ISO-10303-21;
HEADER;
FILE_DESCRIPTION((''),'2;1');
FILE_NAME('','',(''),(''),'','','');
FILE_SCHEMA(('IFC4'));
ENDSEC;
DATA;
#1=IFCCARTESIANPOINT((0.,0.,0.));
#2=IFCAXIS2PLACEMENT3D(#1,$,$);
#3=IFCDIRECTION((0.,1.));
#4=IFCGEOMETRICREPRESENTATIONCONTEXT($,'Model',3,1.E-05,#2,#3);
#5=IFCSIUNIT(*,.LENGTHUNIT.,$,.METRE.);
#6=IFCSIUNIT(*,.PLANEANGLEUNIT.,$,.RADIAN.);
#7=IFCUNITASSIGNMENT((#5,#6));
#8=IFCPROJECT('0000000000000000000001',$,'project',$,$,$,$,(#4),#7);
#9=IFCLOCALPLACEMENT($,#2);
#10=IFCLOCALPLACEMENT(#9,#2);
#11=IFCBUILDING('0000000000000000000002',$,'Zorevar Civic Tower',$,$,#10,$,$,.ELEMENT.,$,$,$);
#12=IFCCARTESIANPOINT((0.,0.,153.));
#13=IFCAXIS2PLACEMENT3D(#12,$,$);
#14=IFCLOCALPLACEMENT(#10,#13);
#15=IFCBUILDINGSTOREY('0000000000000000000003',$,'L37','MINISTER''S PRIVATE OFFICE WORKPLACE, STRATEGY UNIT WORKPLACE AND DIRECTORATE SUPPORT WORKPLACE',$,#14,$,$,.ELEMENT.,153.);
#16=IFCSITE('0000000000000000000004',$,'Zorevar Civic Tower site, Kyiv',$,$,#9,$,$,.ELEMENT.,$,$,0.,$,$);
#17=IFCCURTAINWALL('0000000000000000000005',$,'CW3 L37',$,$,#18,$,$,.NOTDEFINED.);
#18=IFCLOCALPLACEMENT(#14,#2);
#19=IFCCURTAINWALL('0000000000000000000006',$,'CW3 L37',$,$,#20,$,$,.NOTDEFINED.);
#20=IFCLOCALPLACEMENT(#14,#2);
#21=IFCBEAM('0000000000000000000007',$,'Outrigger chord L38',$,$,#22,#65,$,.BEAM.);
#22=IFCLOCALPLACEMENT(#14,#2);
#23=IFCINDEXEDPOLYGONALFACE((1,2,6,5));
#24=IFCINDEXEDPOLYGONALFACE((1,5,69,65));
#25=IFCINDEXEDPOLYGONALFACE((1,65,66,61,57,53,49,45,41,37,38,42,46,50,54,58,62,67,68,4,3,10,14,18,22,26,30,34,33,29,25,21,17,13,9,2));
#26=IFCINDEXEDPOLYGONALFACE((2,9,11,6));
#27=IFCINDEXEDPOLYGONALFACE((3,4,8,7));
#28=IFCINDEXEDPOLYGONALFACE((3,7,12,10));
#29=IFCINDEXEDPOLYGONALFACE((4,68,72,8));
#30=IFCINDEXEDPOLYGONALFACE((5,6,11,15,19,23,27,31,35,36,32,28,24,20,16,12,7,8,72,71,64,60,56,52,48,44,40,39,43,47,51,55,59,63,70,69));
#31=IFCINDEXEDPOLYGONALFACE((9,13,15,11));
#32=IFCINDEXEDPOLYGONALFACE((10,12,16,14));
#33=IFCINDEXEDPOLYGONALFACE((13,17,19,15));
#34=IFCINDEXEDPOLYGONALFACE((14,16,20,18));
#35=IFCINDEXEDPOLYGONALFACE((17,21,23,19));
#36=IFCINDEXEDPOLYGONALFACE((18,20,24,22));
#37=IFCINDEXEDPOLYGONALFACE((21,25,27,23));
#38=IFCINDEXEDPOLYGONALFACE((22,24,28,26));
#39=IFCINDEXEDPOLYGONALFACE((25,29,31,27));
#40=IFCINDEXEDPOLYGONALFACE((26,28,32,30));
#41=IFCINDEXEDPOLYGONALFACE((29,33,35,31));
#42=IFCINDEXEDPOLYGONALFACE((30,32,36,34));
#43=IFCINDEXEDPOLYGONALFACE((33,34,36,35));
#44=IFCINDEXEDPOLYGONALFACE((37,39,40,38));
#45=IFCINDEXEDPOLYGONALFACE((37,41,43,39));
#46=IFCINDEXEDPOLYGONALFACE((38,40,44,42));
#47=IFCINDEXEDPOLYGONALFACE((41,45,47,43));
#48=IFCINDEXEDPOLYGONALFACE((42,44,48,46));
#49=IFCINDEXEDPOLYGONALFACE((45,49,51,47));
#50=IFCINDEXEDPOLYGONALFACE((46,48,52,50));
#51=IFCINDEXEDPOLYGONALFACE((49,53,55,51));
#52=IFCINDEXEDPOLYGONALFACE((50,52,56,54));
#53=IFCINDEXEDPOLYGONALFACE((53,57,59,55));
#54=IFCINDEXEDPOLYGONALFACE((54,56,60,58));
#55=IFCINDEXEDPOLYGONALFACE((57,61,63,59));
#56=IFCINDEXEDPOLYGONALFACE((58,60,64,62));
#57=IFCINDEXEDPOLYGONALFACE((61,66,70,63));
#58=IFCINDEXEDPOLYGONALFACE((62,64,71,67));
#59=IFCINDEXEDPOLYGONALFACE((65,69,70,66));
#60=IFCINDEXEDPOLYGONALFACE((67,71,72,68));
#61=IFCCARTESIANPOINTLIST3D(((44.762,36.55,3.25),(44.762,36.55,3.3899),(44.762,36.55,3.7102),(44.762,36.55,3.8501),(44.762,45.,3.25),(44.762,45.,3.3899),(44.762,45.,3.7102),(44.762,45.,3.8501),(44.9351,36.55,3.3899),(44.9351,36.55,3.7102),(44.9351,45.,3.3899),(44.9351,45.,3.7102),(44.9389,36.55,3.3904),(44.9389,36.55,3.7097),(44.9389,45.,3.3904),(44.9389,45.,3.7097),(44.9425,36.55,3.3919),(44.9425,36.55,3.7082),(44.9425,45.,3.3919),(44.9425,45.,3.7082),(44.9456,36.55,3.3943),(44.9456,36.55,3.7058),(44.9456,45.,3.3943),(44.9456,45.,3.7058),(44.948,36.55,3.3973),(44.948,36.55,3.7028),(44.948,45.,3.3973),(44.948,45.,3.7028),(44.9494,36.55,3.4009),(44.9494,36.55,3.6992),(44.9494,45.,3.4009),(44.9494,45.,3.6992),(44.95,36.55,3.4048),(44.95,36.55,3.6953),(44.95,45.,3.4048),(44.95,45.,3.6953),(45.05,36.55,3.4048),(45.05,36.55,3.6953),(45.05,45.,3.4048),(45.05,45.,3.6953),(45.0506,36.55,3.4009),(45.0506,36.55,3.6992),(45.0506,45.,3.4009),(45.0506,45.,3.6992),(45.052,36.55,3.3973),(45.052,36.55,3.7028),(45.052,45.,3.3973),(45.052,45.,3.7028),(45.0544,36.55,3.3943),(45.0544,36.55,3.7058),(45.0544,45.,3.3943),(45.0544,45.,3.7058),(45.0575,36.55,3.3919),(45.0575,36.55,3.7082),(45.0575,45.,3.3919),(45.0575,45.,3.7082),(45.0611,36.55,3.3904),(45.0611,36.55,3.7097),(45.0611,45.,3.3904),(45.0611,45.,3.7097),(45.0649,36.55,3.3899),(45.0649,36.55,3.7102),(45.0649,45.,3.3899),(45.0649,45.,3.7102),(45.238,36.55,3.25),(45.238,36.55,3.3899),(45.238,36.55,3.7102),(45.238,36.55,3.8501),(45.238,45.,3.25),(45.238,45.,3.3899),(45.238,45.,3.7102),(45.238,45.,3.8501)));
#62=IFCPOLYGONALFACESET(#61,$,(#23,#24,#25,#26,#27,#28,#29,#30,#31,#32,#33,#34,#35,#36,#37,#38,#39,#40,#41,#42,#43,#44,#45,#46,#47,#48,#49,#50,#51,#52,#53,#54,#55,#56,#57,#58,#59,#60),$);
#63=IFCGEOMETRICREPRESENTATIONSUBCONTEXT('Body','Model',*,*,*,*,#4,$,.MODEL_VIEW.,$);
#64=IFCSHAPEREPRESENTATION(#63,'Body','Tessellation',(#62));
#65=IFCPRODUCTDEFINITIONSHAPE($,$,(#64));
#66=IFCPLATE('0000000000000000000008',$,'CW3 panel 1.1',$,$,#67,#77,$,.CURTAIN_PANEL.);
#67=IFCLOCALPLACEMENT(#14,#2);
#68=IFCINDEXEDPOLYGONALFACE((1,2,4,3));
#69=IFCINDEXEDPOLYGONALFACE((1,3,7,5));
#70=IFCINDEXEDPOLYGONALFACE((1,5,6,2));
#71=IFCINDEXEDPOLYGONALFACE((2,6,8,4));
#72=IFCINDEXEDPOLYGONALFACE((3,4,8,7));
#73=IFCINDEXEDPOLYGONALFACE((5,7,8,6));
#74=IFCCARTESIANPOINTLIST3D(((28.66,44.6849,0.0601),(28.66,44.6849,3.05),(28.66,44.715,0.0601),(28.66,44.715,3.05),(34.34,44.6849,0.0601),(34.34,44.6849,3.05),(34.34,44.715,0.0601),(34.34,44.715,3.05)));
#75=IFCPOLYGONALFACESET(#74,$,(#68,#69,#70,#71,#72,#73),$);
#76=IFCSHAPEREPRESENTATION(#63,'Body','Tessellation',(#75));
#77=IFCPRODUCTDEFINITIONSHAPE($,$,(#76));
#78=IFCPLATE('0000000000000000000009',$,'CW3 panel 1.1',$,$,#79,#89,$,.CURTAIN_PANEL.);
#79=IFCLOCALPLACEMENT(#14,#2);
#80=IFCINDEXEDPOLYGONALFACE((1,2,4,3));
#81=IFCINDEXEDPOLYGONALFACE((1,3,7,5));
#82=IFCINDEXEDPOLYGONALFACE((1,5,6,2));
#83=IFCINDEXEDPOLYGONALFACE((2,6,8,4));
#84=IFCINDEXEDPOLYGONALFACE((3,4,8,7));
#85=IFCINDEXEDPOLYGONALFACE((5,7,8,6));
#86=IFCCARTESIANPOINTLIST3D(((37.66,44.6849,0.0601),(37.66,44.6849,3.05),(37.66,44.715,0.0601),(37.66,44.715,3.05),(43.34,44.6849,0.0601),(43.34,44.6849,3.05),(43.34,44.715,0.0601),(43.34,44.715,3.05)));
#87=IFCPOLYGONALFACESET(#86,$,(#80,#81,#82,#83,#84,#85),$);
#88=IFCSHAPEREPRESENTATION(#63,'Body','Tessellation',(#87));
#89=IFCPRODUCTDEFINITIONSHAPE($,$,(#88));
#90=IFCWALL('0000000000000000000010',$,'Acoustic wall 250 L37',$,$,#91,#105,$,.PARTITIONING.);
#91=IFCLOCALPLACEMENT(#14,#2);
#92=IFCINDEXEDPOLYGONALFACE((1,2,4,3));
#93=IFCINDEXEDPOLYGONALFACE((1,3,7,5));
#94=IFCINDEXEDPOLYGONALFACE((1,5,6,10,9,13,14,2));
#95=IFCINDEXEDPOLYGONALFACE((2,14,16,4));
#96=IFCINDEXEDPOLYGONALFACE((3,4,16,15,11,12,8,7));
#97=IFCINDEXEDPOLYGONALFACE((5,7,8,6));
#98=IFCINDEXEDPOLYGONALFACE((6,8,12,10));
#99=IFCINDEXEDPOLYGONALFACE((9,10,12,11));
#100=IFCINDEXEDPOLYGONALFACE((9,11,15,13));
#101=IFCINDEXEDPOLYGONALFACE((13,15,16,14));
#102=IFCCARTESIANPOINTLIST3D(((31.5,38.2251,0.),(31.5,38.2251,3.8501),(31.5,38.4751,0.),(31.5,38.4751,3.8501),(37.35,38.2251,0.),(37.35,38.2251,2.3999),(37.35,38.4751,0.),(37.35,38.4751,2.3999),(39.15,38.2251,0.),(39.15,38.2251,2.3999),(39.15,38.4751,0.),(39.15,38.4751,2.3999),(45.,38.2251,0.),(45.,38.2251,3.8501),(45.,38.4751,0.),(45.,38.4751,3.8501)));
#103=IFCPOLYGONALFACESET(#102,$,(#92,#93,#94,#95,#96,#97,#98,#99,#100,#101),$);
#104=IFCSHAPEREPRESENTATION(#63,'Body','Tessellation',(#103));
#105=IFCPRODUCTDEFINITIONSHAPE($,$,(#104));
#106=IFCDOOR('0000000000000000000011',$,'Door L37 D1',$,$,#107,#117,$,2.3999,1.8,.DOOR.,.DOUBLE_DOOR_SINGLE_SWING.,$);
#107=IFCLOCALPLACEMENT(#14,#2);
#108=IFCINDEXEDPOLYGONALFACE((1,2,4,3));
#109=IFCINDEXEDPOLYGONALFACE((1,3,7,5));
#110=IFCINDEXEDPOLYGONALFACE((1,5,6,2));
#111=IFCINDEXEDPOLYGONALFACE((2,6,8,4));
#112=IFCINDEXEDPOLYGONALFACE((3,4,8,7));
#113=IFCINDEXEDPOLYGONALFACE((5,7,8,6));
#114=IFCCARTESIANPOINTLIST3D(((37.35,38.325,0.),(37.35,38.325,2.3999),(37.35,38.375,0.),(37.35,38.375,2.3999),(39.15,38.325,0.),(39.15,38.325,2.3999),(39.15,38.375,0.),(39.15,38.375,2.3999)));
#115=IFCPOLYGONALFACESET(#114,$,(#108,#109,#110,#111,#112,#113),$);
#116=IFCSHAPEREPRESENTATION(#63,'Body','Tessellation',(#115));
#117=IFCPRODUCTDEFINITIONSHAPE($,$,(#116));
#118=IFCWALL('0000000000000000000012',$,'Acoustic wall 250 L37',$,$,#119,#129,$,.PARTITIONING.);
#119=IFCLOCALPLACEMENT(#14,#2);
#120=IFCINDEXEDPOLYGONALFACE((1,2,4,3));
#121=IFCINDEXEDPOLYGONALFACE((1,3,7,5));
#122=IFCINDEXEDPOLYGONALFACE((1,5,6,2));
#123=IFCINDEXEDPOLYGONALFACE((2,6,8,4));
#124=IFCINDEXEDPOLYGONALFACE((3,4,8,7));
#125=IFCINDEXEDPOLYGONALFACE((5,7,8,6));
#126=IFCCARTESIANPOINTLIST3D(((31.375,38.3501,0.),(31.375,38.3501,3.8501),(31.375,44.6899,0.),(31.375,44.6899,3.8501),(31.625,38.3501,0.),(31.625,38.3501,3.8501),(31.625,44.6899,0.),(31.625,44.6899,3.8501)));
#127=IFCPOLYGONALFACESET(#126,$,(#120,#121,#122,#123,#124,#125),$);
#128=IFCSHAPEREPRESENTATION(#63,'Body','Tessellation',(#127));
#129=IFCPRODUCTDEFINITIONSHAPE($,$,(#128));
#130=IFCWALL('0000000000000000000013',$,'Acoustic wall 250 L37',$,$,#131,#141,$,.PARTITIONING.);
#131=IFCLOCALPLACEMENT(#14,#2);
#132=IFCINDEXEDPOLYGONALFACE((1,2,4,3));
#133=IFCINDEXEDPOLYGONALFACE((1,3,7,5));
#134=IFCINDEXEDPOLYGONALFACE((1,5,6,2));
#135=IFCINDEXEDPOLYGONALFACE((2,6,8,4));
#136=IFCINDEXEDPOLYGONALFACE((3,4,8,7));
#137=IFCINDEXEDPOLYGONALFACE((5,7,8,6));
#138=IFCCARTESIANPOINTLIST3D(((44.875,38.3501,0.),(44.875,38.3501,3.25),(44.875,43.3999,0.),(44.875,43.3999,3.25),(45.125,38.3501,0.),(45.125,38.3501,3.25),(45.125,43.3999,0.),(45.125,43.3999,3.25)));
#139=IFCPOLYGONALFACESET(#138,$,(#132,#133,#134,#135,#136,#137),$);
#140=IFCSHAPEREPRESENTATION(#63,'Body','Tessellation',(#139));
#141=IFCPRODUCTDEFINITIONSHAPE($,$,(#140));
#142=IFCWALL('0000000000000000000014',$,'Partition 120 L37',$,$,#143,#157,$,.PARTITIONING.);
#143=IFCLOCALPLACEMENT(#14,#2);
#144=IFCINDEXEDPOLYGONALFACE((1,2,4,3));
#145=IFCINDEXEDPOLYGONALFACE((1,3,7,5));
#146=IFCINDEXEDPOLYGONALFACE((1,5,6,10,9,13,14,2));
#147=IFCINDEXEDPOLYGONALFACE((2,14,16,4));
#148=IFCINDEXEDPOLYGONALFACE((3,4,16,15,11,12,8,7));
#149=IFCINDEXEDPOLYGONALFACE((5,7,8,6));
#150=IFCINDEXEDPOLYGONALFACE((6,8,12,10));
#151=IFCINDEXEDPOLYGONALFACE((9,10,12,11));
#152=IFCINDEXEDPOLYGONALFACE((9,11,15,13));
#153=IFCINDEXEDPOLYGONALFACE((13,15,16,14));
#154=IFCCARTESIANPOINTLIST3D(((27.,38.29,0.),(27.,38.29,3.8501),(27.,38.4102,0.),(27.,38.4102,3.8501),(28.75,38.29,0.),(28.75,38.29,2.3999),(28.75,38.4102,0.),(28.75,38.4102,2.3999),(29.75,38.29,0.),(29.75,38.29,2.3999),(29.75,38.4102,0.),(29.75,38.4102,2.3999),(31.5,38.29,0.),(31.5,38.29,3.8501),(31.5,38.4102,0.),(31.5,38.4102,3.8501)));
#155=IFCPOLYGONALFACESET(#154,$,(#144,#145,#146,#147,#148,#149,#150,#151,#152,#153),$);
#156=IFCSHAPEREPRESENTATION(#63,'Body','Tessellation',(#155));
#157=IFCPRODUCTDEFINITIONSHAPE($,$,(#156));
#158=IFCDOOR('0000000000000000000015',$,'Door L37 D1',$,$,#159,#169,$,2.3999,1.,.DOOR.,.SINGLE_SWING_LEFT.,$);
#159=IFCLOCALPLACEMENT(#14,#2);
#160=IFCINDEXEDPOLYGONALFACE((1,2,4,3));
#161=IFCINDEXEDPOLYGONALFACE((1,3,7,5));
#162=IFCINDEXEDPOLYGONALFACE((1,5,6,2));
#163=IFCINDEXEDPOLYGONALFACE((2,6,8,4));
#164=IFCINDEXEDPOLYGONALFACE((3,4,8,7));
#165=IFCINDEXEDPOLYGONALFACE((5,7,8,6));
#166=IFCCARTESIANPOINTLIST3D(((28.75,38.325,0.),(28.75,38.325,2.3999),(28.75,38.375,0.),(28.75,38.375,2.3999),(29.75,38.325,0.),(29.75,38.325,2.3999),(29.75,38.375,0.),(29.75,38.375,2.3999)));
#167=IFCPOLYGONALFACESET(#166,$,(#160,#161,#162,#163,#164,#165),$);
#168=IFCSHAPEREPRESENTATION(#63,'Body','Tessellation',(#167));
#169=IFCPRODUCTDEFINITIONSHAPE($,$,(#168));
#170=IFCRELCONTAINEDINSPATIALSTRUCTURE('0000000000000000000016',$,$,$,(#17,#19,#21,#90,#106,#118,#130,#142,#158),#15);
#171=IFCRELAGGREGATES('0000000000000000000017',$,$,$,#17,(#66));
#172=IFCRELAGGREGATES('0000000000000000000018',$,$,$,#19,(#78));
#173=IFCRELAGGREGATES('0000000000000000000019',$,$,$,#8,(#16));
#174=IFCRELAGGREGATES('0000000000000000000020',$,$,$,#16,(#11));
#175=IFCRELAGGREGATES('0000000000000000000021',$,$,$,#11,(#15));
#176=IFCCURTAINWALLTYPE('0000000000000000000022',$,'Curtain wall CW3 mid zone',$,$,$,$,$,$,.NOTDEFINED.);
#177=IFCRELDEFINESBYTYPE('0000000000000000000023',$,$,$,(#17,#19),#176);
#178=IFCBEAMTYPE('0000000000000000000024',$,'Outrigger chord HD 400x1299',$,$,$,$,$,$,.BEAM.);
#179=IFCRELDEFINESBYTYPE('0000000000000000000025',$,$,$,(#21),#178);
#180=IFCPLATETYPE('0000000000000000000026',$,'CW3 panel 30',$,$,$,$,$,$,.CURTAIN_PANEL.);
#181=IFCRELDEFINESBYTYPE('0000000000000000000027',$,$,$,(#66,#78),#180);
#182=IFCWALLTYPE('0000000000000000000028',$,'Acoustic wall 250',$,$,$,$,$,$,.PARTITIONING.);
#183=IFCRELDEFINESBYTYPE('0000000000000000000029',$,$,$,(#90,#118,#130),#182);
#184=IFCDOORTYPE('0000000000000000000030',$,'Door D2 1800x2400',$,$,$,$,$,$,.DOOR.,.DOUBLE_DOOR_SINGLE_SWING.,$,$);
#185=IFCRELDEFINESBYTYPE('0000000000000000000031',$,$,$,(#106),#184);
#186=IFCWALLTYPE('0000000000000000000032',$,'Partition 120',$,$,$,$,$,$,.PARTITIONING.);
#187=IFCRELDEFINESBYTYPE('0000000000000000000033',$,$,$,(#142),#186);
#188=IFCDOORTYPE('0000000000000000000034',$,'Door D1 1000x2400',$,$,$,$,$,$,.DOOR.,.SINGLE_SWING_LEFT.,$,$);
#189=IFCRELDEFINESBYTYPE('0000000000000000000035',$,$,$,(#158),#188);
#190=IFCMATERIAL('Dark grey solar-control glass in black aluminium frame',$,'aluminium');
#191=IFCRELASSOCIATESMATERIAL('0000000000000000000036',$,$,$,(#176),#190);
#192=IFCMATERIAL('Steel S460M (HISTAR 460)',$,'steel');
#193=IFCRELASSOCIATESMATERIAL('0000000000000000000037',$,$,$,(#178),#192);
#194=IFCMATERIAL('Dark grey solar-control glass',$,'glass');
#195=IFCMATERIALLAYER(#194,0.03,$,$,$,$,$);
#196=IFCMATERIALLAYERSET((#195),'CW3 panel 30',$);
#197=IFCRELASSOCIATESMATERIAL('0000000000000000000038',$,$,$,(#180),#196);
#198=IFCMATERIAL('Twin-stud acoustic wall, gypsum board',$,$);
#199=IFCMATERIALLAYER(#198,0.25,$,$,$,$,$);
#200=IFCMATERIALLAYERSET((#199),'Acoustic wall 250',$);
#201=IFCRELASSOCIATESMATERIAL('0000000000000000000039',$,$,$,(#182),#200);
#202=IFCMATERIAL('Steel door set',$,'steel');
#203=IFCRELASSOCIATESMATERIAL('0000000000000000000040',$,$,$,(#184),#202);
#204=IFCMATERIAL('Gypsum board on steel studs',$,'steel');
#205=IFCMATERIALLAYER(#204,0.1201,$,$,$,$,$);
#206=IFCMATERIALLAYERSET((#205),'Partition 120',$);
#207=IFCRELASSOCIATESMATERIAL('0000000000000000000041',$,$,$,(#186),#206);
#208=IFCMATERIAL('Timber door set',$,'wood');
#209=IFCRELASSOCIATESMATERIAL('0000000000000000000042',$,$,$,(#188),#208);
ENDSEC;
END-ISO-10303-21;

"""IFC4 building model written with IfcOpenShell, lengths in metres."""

from ifc_helpers import new_model, si_unit, direction, frame, frame_2d, origin, origin_2d, place, context, subcontext, project, spatial, rectangle, i_section, extrude, material, layer, layer_set, material_profile, profile_set, type_object, element, fill, aggregate, save


model = new_model("IFC4")

# Units and contexts
model_context = context("Model", 3, precision=1e-05, world=origin(), true_north=direction((0.0, 1.0)))
body_context = subcontext(model_context, "Body", "Model", "MODEL_VIEW")
ifc_project = project(units=[si_unit("LENGTHUNIT", "METRE"), si_unit("PLANEANGLEUNIT", "RADIAN")], contexts=[model_context])

# Site, building, storey
site_placement = place(None, origin())
site = spatial("IfcSite", under=ifc_project, at=site_placement, Name="Zorevar Civic Tower site, Kyiv", CompositionType="ELEMENT", RefElevation=0.0)
building_placement = place(site_placement, origin())
building = spatial("IfcBuilding", under=site, at=building_placement, Name="Zorevar Civic Tower", CompositionType="ELEMENT")
storey_placement = place(building_placement, frame((0.0, 0.0, 153.0)))
storey = spatial("IfcBuildingStorey", under=building, at=storey_placement, Name="L37", Description="MINISTER'S PRIVATE OFFICE WORKPLACE, STRATEGY UNIT WORKPLACE AND DIRECTORATE SUPPORT WORKPLACE", CompositionType="ELEMENT", Elevation=153.0)

# Curtain walls
ifc_material_1 = material(Name="Dark grey solar-control glass in black aluminium frame", Category="aluminium")
curtain_wall_type = type_object("IfcCurtainWallType", Name="Curtain wall CW3 mid zone", PredefinedType="NOTDEFINED", material=ifc_material_1)
curtain_wall_1_placement = place(storey_placement, origin())
curtain_wall_1 = element("IfcCurtainWall", 1, at=curtain_wall_1_placement, inside=storey, type_object=curtain_wall_type, Name="CW3 L37", PredefinedType="NOTDEFINED")
curtain_wall_2_placement = place(storey_placement, origin())
curtain_wall_2 = element("IfcCurtainWall", 2, at=curtain_wall_2_placement, inside=storey, type_object=curtain_wall_type, Name="CW3 L37", PredefinedType="NOTDEFINED")

# Beam
ifc_material_2 = material(Name="Steel S460M (HISTAR 460)", Category="steel")
ifc_material_profile_1 = material_profile(ifc_material_2, i_section(OverallWidth=0.4761, OverallDepth=0.6001, WebThickness=0.1001, FlangeThickness=0.1399, FilletRadius=0.0149, at=origin_2d()), Name="HD 400x1299")
ifc_profile_set_1 = profile_set([ifc_material_profile_1], Name="Steel S460M (HISTAR 460)")
beam_type_1 = type_object("IfcBeamType", Name="Outrigger chord HD 400x1299", PredefinedType="BEAM", material=ifc_profile_set_1)
beam_1_placement = place(storey_placement, frame((45.0, 36.55, 3.55), z_axis=(0.0, 1.0, 0.0), x_axis=(-1.0, 0.0, 0.0)))
element("IfcBeam", 3, at=beam_1_placement, inside=storey, type_object=beam_type_1, Name="Outrigger chord L38", PredefinedType="BEAM", context=body_context, shape_type="SweptSolid", body=[
    extrude(i_section(OverallWidth=0.4761, OverallDepth=0.6001, WebThickness=0.1001, FlangeThickness=0.1399, FilletRadius=0.0149, at=origin_2d()), origin(), (0.0, 0.0, 1.0), 8.45),
])

# Plates
ifc_material_3 = material(Name="Dark grey solar-control glass", Category="glass")
ifc_layer_1 = layer(ifc_material_3, 0.03)
ifc_layer_set_1 = layer_set([ifc_layer_1], Name="CW3 panel 30")
plate_type = type_object("IfcPlateType", Name="CW3 panel 30", PredefinedType="CURTAIN_PANEL", material=ifc_layer_set_1)
plate_1_placement = place(storey_placement, frame((31.5, 44.7, 0.0601), z_axis=(0.0, 0.0, 1.0), x_axis=(1.0, 0.0, 0.0)))
plate_1 = element("IfcPlate", 4, at=plate_1_placement, type_object=plate_type, Name="CW3 panel 1.1", PredefinedType="CURTAIN_PANEL", context=body_context, shape_type="SweptSolid", body=[
    extrude(rectangle(XDim=5.6799, YDim=0.03, at=origin_2d()), origin(), (0.0, 0.0, 1.0), 2.99),
])
aggregate(curtain_wall_1, [plate_1])
plate_2_placement = place(storey_placement, frame((40.5, 44.7, 0.0601), z_axis=(0.0, 0.0, 1.0), x_axis=(1.0, 0.0, 0.0)))
plate_2 = element("IfcPlate", 5, at=plate_2_placement, type_object=plate_type, Name="CW3 panel 1.1", PredefinedType="CURTAIN_PANEL", context=body_context, shape_type="SweptSolid", body=[
    extrude(rectangle(XDim=5.6799, YDim=0.03, at=origin_2d()), origin(), (0.0, 0.0, 1.0), 2.99),
])
aggregate(curtain_wall_2, [plate_2])

# Wall, opening, door
ifc_material_4 = material(Name="Twin-stud acoustic wall, gypsum board")
ifc_layer_2 = layer(ifc_material_4, 0.25)
ifc_layer_set_2 = layer_set([ifc_layer_2], Name="Acoustic wall 250")
wall_type_1 = type_object("IfcWallType", Name="Acoustic wall 250", PredefinedType="PARTITIONING", material=ifc_layer_set_2)
wall_1_placement = place(storey_placement, frame((31.5, 38.3501, 0.0), z_axis=(0.0, 0.0, 1.0), x_axis=(1.0, 0.0, 0.0)))
wall_1 = element("IfcWall", 6, at=wall_1_placement, inside=storey, type_object=wall_type_1, Name="Acoustic wall 250 L37", PredefinedType="PARTITIONING", context=body_context, shape_type="SweptSolid", body=[
    extrude(rectangle(XDim=13.5, YDim=0.25, at=frame_2d((6.75, 0.0))), origin(), (0.0, 0.0, 1.0), 3.8501),
])
opening_1_placement = place(wall_1_placement, frame((5.8501, 0.0, 0.0)))
opening_1 = element("IfcOpeningElement", 7, at=opening_1_placement, cuts=wall_1, PredefinedType="OPENING", context=body_context, shape_type="SweptSolid", body=[
    extrude(rectangle(XDim=1.8, YDim=2.3999, at=frame_2d((0.8999, 1.2))), frame((0.0, 0.135, 0.0), z_axis=(0.0, -1.0, 0.0), x_axis=(1.0, 0.0, 0.0)), (0.0, 0.0, 1.0), 0.27),
])
ifc_material_5 = material(Name="Steel door set", Category="steel")
door_type_1 = type_object("IfcDoorType", Name="Door D2 1800x2400", OperationType="DOUBLE_DOOR_SINGLE_SWING", PredefinedType="DOOR", material=ifc_material_5)
door_1_placement = place(opening_1_placement, origin())
door_1 = element("IfcDoor", 8, at=door_1_placement, inside=storey, type_object=door_type_1, Name="Door L37 D1", OperationType="DOUBLE_DOOR_SINGLE_SWING", OverallHeight=2.3999, OverallWidth=1.8, PredefinedType="DOOR", context=body_context, shape_type="SweptSolid", body=[
    extrude(rectangle(XDim=1.8, YDim=2.3999, at=frame_2d((0.8999, 1.2))), frame((0.0, 0.0249, 0.0), z_axis=(0.0, -1.0, 0.0), x_axis=(1.0, 0.0, 0.0)), (0.0, 0.0, 1.0), 0.05),
])
fill(opening_1, door_1)

# Walls
wall_2_placement = place(storey_placement, frame((31.5, 38.3501, 0.0), z_axis=(0.0, 0.0, 1.0), x_axis=(0.0, 1.0, 0.0)))
element("IfcWall", 9, at=wall_2_placement, inside=storey, type_object=wall_type_1, Name="Acoustic wall 250 L37", PredefinedType="PARTITIONING", context=body_context, shape_type="SweptSolid", body=[
    extrude(rectangle(XDim=6.3398, YDim=0.25, at=frame_2d((3.1699, 0.0))), origin(), (0.0, 0.0, 1.0), 3.8501),
])
wall_3_placement = place(storey_placement, frame((45.0, 38.3501, 0.0), z_axis=(0.0, 0.0, 1.0), x_axis=(0.0, 1.0, 0.0)))
element("IfcWall", 10, at=wall_3_placement, inside=storey, type_object=wall_type_1, Name="Acoustic wall 250 L37", PredefinedType="PARTITIONING", context=body_context, shape_type="SweptSolid", body=[
    extrude(rectangle(XDim=5.0498, YDim=0.25, at=frame_2d((2.5249, 0.0))), origin(), (0.0, 0.0, 1.0), 3.25),
])

# Wall, opening, door
ifc_material_6 = material(Name="Gypsum board on steel studs", Category="steel")
ifc_layer_3 = layer(ifc_material_6, 0.1201)
ifc_layer_set_3 = layer_set([ifc_layer_3], Name="Partition 120")
wall_type_2 = type_object("IfcWallType", Name="Partition 120", PredefinedType="PARTITIONING", material=ifc_layer_set_3)
wall_4_placement = place(storey_placement, frame((27.0, 38.3501, 0.0), z_axis=(0.0, 0.0, 1.0), x_axis=(1.0, 0.0, 0.0)))
wall_4 = element("IfcWall", 11, at=wall_4_placement, inside=storey, type_object=wall_type_2, Name="Partition 120 L37", PredefinedType="PARTITIONING", context=body_context, shape_type="SweptSolid", body=[
    extrude(rectangle(XDim=4.5, YDim=0.1201, at=frame_2d((2.25, 0.0))), origin(), (0.0, 0.0, 1.0), 3.8501),
])
opening_2_placement = place(wall_4_placement, frame((1.75, 0.0, 0.0)))
opening_2 = element("IfcOpeningElement", 12, at=opening_2_placement, cuts=wall_4, PredefinedType="OPENING", context=body_context, shape_type="SweptSolid", body=[
    extrude(rectangle(XDim=1.0, YDim=2.3999, at=frame_2d((0.5, 1.2))), frame((0.0, 0.0701, 0.0), z_axis=(0.0, -1.0, 0.0), x_axis=(1.0, 0.0, 0.0)), (0.0, 0.0, 1.0), 0.1401),
])
ifc_material_7 = material(Name="Timber door set", Category="wood")
door_type_2 = type_object("IfcDoorType", Name="Door D1 1000x2400", OperationType="SINGLE_SWING_LEFT", PredefinedType="DOOR", material=ifc_material_7)
door_2_placement = place(opening_2_placement, origin())
door_2 = element("IfcDoor", 13, at=door_2_placement, inside=storey, type_object=door_type_2, Name="Door L37 D1", OperationType="SINGLE_SWING_LEFT", OverallHeight=2.3999, OverallWidth=1.0, PredefinedType="DOOR", context=body_context, shape_type="SweptSolid", body=[
    extrude(rectangle(XDim=1.0, YDim=2.3999, at=frame_2d((0.5, 1.2))), frame((0.0, 0.0249, 0.0), z_axis=(0.0, -1.0, 0.0), x_axis=(1.0, 0.0, 0.0)), (0.0, 0.0, 1.0), 0.05),
])
fill(opening_2, door_2)

save(model, "model.ifc")
